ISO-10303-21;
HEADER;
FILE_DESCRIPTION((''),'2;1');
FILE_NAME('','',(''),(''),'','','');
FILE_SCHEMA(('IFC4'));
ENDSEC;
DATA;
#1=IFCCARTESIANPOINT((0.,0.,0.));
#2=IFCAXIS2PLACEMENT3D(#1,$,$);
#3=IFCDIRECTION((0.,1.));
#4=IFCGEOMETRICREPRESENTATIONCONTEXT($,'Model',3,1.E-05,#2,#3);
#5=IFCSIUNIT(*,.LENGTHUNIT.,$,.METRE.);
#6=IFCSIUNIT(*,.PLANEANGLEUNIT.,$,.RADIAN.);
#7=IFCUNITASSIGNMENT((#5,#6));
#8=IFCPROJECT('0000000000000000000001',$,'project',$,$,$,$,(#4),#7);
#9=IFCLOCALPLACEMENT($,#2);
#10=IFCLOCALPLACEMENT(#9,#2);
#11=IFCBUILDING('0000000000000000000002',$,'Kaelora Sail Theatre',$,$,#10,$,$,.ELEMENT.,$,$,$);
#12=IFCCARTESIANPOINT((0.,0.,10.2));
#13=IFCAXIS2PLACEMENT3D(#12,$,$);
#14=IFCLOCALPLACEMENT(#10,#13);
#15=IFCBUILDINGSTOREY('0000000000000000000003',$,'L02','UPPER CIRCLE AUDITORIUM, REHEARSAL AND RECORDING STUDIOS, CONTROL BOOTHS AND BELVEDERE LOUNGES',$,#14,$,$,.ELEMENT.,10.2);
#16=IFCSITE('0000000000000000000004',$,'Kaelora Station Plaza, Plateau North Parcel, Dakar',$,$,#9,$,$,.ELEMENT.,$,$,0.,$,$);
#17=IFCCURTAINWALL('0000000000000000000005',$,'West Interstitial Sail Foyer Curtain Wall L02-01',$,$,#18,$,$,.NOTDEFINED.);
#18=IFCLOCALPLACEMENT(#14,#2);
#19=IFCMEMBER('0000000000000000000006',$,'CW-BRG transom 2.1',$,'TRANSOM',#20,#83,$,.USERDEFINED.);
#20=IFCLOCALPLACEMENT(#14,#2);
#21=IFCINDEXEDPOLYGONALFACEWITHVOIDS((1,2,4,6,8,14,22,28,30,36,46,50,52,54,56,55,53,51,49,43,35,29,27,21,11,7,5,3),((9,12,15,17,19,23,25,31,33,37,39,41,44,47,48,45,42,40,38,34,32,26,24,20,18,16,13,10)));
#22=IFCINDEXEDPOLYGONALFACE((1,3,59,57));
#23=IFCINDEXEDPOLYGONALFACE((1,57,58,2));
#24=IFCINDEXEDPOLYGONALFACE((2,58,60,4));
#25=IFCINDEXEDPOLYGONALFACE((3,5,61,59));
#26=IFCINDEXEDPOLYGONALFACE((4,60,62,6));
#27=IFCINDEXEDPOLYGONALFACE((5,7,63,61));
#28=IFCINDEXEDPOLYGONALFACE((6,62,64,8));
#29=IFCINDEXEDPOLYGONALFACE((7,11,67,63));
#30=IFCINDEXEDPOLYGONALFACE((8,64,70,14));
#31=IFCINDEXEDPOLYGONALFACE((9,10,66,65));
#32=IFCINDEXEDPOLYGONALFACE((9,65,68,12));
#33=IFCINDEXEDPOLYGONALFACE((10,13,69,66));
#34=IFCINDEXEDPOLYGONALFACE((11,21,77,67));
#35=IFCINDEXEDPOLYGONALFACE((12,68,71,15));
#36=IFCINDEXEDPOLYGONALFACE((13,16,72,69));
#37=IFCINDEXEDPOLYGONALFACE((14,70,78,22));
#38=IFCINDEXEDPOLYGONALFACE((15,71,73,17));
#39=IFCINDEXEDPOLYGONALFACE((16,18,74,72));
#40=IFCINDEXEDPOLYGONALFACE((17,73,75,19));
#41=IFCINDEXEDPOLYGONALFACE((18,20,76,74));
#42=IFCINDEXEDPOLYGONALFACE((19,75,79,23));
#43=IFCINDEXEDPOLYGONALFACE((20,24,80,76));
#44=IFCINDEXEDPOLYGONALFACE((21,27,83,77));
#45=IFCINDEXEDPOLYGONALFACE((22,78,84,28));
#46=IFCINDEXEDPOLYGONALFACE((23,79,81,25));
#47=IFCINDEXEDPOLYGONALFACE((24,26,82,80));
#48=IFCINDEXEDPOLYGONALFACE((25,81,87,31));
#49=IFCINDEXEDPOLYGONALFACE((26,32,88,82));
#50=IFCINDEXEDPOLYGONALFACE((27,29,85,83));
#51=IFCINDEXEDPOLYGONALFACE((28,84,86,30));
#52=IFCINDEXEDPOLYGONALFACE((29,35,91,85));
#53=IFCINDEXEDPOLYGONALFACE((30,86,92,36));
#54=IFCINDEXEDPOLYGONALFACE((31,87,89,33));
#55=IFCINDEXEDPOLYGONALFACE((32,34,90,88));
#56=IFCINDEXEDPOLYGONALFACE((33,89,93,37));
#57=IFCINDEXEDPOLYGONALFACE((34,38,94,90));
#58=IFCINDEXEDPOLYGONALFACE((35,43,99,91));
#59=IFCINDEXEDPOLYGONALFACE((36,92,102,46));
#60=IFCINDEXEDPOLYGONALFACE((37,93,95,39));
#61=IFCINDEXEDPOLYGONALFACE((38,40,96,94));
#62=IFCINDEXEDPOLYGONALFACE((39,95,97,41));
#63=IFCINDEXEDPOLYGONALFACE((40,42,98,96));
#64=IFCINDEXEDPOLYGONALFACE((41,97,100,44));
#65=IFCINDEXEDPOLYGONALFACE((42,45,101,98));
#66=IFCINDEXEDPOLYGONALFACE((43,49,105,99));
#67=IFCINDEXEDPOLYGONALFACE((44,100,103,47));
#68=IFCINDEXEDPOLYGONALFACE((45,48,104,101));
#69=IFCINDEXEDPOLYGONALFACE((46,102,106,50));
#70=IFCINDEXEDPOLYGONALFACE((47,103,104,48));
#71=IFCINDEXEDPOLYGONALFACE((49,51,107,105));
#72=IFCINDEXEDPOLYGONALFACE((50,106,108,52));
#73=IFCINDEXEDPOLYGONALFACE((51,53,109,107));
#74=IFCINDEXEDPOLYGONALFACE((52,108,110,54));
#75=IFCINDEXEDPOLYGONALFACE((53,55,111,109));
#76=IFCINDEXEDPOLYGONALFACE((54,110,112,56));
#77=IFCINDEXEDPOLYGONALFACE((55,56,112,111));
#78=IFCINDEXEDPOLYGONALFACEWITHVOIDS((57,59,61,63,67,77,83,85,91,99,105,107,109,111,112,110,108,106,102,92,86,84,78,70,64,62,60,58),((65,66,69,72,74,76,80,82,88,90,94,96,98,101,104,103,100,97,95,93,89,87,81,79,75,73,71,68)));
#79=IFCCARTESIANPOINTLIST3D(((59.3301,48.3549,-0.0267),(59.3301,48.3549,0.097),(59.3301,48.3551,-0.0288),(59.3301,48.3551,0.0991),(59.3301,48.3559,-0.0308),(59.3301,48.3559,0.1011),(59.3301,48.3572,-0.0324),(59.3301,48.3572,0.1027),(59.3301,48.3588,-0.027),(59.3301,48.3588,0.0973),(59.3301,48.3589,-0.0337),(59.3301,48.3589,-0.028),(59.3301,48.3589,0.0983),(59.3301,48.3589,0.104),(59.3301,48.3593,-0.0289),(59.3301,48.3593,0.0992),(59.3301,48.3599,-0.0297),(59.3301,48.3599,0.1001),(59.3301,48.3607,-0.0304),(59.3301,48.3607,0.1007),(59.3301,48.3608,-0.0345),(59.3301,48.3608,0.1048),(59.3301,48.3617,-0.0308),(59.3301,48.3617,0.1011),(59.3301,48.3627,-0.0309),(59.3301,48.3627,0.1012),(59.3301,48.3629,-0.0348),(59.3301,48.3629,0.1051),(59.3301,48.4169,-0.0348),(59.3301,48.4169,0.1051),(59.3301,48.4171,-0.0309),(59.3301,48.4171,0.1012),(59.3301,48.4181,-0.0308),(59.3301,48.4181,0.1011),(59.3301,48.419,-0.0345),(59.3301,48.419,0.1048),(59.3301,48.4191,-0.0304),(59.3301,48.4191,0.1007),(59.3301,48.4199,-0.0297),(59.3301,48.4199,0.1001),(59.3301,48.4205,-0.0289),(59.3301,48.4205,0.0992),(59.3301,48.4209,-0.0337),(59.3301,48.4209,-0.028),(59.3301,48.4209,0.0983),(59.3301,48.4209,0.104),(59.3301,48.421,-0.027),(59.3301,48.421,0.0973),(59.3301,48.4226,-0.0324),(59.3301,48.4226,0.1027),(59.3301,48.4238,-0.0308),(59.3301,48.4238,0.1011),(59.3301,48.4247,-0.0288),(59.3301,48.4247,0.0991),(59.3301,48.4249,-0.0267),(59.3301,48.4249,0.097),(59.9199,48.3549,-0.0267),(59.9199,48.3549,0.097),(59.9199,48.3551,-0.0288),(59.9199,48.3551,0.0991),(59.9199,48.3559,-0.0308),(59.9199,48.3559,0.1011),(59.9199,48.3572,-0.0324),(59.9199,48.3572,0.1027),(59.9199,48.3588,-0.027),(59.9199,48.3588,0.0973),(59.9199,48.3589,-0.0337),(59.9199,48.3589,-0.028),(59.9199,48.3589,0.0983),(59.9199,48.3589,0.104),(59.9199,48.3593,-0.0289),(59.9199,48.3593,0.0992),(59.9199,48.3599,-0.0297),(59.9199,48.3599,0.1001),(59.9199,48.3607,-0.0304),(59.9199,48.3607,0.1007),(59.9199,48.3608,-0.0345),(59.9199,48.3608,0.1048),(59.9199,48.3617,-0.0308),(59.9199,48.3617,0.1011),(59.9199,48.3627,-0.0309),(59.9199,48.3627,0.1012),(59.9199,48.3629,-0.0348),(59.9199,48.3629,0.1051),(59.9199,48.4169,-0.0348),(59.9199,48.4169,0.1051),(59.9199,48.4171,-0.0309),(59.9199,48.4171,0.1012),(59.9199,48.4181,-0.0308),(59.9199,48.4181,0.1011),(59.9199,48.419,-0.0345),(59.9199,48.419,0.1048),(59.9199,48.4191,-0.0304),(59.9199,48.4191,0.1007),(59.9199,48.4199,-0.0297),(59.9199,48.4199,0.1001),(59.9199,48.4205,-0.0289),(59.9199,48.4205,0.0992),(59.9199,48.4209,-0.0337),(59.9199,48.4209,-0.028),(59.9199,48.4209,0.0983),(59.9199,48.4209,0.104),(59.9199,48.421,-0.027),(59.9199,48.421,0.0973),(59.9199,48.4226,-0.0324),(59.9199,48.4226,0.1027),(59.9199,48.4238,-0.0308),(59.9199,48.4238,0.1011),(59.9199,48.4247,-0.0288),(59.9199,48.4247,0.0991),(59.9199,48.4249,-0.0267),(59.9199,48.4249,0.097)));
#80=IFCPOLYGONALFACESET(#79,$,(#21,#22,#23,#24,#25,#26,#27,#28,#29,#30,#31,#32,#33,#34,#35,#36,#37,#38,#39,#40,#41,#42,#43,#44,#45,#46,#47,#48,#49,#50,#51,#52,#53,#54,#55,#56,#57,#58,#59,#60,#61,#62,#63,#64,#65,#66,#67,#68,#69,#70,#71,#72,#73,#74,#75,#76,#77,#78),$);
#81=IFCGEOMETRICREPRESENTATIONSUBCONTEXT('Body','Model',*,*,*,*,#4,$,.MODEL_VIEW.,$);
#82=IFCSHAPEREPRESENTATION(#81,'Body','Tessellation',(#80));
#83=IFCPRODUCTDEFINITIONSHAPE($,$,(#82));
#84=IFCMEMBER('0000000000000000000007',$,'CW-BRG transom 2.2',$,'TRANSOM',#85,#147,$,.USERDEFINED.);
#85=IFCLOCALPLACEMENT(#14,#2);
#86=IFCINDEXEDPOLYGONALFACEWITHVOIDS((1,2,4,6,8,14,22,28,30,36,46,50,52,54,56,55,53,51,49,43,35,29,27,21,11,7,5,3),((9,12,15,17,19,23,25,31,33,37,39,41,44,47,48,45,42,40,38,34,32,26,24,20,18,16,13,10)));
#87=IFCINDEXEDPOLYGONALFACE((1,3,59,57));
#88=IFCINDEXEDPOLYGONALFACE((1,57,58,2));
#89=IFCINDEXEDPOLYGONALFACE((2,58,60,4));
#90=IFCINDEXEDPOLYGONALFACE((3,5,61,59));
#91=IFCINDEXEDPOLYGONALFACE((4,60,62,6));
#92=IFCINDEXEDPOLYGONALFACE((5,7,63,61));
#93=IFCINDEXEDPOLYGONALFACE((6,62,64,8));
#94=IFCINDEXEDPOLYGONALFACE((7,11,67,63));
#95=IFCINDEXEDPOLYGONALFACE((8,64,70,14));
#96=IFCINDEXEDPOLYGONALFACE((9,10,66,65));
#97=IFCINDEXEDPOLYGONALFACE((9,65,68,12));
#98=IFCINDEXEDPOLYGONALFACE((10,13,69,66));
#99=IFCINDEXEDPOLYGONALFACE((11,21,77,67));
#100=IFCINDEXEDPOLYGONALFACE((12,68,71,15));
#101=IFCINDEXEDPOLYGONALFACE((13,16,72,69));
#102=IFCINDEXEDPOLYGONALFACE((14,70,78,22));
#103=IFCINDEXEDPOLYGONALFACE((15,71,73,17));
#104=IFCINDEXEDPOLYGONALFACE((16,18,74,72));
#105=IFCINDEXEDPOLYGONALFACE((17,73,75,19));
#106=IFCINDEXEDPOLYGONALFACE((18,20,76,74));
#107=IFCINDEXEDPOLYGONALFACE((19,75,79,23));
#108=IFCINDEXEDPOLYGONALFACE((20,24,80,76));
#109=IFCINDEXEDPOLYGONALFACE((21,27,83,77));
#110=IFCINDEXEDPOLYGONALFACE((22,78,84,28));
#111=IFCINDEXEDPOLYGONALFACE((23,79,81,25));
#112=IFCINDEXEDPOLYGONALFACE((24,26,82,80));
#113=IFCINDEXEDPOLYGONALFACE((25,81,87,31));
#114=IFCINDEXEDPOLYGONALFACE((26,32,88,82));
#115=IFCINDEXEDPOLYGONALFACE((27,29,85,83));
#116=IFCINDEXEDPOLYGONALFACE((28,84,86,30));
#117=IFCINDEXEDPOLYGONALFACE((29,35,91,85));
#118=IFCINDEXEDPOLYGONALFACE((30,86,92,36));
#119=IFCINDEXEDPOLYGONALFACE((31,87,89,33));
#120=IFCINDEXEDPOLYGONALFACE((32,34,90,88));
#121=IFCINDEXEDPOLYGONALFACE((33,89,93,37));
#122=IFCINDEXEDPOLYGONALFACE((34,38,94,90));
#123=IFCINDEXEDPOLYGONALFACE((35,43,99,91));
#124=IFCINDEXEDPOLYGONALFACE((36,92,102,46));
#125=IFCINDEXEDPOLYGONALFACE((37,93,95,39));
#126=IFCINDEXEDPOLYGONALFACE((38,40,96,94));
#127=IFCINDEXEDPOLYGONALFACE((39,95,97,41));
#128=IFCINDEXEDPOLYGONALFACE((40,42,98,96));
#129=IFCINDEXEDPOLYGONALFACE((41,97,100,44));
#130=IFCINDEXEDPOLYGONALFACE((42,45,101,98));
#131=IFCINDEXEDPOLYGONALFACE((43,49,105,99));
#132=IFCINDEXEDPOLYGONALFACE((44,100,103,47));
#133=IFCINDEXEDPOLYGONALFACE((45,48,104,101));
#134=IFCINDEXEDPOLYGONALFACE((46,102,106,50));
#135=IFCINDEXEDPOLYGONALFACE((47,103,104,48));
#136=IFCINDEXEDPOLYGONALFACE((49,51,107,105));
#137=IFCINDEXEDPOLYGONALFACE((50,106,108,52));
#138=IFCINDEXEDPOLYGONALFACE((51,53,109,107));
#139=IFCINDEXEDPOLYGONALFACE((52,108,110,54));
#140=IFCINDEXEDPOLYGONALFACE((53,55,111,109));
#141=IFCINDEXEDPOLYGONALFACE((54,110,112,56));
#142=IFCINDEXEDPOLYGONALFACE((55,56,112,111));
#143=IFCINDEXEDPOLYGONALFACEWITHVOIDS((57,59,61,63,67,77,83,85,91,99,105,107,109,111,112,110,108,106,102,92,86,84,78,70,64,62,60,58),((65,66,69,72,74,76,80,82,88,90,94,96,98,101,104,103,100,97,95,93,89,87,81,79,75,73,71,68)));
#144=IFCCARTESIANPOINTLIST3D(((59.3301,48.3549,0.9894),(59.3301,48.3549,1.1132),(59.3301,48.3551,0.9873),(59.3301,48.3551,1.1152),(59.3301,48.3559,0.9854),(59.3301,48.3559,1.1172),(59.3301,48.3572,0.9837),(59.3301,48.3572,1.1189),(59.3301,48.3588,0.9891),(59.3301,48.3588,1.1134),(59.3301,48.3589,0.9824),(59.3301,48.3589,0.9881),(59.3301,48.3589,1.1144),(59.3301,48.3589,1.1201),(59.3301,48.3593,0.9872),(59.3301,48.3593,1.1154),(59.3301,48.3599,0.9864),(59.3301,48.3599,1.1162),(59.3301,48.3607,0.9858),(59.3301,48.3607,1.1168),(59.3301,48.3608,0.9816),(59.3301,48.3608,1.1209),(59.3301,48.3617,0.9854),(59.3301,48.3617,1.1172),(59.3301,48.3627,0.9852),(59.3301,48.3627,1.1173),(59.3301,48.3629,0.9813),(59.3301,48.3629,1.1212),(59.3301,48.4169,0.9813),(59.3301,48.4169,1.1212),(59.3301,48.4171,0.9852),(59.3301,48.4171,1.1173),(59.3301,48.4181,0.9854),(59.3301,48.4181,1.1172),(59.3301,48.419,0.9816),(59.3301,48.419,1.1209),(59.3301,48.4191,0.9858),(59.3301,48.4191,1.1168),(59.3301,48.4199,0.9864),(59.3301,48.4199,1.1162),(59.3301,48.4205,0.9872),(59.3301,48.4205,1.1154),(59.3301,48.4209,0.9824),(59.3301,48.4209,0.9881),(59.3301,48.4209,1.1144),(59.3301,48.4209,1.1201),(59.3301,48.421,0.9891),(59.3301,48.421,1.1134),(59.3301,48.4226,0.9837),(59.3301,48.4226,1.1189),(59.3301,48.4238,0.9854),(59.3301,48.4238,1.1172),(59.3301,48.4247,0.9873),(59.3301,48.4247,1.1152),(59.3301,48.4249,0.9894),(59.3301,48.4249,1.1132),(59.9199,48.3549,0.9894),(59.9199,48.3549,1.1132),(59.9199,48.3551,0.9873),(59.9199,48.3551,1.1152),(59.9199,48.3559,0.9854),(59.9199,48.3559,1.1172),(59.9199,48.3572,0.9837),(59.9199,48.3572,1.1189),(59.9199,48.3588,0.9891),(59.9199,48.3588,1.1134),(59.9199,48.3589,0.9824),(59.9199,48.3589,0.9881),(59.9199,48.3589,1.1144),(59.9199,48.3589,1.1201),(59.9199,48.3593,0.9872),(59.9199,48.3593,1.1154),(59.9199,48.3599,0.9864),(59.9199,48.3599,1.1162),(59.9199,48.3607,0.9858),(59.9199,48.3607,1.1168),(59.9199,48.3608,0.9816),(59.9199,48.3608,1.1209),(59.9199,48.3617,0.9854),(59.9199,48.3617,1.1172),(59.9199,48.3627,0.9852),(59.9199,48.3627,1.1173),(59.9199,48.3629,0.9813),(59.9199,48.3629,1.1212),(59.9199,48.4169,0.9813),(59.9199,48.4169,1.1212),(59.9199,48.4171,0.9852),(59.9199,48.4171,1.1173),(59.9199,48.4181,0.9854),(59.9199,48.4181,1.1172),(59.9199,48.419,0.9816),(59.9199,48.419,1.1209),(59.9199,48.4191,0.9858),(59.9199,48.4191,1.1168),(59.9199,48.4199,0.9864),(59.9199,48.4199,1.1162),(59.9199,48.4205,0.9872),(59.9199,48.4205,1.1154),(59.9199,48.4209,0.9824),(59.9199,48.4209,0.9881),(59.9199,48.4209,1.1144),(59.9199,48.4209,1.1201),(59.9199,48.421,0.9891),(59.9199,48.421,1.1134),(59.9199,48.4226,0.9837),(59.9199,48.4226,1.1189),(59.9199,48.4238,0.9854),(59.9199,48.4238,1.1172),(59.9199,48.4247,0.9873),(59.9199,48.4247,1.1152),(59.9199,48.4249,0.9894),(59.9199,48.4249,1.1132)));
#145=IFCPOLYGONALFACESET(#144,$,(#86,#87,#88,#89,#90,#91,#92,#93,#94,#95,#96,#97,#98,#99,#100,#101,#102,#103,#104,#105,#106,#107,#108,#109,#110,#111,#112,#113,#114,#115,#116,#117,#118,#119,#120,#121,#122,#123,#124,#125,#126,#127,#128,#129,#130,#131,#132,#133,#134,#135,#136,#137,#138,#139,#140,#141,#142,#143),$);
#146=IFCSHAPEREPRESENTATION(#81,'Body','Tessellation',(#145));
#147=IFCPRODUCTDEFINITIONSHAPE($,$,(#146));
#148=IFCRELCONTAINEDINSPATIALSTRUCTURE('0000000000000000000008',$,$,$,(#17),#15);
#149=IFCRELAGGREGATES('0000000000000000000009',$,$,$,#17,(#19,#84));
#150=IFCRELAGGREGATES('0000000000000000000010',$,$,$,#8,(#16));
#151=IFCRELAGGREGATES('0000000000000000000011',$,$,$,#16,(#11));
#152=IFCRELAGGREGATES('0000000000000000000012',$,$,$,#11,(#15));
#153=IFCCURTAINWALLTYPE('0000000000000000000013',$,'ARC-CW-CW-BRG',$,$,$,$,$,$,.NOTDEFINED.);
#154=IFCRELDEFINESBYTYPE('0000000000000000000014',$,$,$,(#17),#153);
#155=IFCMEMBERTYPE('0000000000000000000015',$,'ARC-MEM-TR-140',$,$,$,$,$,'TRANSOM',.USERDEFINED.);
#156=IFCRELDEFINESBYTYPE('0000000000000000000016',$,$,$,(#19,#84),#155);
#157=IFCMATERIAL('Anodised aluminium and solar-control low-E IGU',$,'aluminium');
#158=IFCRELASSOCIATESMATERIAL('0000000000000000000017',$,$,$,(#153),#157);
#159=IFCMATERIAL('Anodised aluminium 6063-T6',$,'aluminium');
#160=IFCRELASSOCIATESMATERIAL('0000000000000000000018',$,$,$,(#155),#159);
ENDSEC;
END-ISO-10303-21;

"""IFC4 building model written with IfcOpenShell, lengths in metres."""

from ifc_helpers import new_model, si_unit, direction, frame, origin, origin_2d, place, context, subcontext, project, spatial, hollow_rectangle, extrude, material, material_profile, profile_set, type_object, element, aggregate, save


model = new_model("IFC4")

# Units and contexts
model_context = context("Model", 3, precision=1e-05, world=origin(), true_north=direction((0.0, 1.0)))
body_context = subcontext(model_context, "Body", "Model", "MODEL_VIEW")
ifc_project = project(units=[si_unit("LENGTHUNIT", "METRE"), si_unit("PLANEANGLEUNIT", "RADIAN")], contexts=[model_context])

# Site, building, storey
site_placement = place(None, origin())
site = spatial("IfcSite", under=ifc_project, at=site_placement, Name="Kaelora Station Plaza, Plateau North Parcel, Dakar", CompositionType="ELEMENT", RefElevation=0.0)
building_placement = place(site_placement, origin())
building = spatial("IfcBuilding", under=site, at=building_placement, Name="Kaelora Sail Theatre", CompositionType="ELEMENT")
storey_placement = place(building_placement, frame((0.0, 0.0, 10.2)))
storey = spatial("IfcBuildingStorey", under=building, at=storey_placement, Name="L02", Description="UPPER CIRCLE AUDITORIUM, REHEARSAL AND RECORDING STUDIOS, CONTROL BOOTHS AND BELVEDERE LOUNGES", CompositionType="ELEMENT", Elevation=10.2)

# Curtain wall, members
ifc_material_1 = material(Name="Anodised aluminium and solar-control low-E IGU", Category="aluminium")
curtain_wall_type = type_object("IfcCurtainWallType", Name="ARC-CW-CW-BRG", PredefinedType="NOTDEFINED", material=ifc_material_1)
curtain_wall_placement = place(storey_placement, origin())
curtain_wall = element("IfcCurtainWall", 1, at=curtain_wall_placement, inside=storey, type_object=curtain_wall_type, Name="West Interstitial Sail Foyer Curtain Wall L02-01", PredefinedType="NOTDEFINED")
ifc_material_2 = material(Name="Anodised aluminium 6063-T6", Category="aluminium")
ifc_material_profile_1 = material_profile(ifc_material_2, hollow_rectangle(XDim=0.0701, YDim=0.1399, WallThickness=0.0039, InnerFilletRadius=0.0039, OuterFilletRadius=0.0081, at=origin_2d()), Name="ALU-TRAN 70x140x4")
ifc_profile_set_1 = profile_set([ifc_material_profile_1], Name="Anodised aluminium 6063-T6")
member_type_1 = type_object("IfcMemberType", Name="ARC-MEM-TR-140", ElementType="TRANSOM", PredefinedType="USERDEFINED", material=ifc_profile_set_1)
member_1_placement = place(storey_placement, frame((59.3301, 48.3899, 0.0352), z_axis=(1.0, 0.0, 0.0), x_axis=(0.0, 1.0, 0.0)))
member_1 = element("IfcMember", 2, at=member_1_placement, type_object=member_type_1, Name="CW-BRG transom 2.1", ObjectType="TRANSOM", PredefinedType="USERDEFINED", context=body_context, shape_type="SweptSolid", body=[
    extrude(hollow_rectangle(XDim=0.0701, YDim=0.1399, WallThickness=0.0039, InnerFilletRadius=0.0039, OuterFilletRadius=0.0081, at=origin_2d()), origin(), (0.0, 0.0, 1.0), 0.5898),
])
member_2_placement = place(storey_placement, frame((59.3301, 48.3899, 1.0513), z_axis=(1.0, 0.0, 0.0), x_axis=(0.0, 1.0, 0.0)))
member_2 = element("IfcMember", 3, at=member_2_placement, type_object=member_type_1, Name="CW-BRG transom 2.2", ObjectType="TRANSOM", PredefinedType="USERDEFINED", context=body_context, shape_type="SweptSolid", body=[
    extrude(hollow_rectangle(XDim=0.0701, YDim=0.1399, WallThickness=0.0039, InnerFilletRadius=0.0039, OuterFilletRadius=0.0081, at=origin_2d()), origin(), (0.0, 0.0, 1.0), 0.5898),
])

aggregate(curtain_wall, [member_1, member_2])

save(model, "model.ifc")
